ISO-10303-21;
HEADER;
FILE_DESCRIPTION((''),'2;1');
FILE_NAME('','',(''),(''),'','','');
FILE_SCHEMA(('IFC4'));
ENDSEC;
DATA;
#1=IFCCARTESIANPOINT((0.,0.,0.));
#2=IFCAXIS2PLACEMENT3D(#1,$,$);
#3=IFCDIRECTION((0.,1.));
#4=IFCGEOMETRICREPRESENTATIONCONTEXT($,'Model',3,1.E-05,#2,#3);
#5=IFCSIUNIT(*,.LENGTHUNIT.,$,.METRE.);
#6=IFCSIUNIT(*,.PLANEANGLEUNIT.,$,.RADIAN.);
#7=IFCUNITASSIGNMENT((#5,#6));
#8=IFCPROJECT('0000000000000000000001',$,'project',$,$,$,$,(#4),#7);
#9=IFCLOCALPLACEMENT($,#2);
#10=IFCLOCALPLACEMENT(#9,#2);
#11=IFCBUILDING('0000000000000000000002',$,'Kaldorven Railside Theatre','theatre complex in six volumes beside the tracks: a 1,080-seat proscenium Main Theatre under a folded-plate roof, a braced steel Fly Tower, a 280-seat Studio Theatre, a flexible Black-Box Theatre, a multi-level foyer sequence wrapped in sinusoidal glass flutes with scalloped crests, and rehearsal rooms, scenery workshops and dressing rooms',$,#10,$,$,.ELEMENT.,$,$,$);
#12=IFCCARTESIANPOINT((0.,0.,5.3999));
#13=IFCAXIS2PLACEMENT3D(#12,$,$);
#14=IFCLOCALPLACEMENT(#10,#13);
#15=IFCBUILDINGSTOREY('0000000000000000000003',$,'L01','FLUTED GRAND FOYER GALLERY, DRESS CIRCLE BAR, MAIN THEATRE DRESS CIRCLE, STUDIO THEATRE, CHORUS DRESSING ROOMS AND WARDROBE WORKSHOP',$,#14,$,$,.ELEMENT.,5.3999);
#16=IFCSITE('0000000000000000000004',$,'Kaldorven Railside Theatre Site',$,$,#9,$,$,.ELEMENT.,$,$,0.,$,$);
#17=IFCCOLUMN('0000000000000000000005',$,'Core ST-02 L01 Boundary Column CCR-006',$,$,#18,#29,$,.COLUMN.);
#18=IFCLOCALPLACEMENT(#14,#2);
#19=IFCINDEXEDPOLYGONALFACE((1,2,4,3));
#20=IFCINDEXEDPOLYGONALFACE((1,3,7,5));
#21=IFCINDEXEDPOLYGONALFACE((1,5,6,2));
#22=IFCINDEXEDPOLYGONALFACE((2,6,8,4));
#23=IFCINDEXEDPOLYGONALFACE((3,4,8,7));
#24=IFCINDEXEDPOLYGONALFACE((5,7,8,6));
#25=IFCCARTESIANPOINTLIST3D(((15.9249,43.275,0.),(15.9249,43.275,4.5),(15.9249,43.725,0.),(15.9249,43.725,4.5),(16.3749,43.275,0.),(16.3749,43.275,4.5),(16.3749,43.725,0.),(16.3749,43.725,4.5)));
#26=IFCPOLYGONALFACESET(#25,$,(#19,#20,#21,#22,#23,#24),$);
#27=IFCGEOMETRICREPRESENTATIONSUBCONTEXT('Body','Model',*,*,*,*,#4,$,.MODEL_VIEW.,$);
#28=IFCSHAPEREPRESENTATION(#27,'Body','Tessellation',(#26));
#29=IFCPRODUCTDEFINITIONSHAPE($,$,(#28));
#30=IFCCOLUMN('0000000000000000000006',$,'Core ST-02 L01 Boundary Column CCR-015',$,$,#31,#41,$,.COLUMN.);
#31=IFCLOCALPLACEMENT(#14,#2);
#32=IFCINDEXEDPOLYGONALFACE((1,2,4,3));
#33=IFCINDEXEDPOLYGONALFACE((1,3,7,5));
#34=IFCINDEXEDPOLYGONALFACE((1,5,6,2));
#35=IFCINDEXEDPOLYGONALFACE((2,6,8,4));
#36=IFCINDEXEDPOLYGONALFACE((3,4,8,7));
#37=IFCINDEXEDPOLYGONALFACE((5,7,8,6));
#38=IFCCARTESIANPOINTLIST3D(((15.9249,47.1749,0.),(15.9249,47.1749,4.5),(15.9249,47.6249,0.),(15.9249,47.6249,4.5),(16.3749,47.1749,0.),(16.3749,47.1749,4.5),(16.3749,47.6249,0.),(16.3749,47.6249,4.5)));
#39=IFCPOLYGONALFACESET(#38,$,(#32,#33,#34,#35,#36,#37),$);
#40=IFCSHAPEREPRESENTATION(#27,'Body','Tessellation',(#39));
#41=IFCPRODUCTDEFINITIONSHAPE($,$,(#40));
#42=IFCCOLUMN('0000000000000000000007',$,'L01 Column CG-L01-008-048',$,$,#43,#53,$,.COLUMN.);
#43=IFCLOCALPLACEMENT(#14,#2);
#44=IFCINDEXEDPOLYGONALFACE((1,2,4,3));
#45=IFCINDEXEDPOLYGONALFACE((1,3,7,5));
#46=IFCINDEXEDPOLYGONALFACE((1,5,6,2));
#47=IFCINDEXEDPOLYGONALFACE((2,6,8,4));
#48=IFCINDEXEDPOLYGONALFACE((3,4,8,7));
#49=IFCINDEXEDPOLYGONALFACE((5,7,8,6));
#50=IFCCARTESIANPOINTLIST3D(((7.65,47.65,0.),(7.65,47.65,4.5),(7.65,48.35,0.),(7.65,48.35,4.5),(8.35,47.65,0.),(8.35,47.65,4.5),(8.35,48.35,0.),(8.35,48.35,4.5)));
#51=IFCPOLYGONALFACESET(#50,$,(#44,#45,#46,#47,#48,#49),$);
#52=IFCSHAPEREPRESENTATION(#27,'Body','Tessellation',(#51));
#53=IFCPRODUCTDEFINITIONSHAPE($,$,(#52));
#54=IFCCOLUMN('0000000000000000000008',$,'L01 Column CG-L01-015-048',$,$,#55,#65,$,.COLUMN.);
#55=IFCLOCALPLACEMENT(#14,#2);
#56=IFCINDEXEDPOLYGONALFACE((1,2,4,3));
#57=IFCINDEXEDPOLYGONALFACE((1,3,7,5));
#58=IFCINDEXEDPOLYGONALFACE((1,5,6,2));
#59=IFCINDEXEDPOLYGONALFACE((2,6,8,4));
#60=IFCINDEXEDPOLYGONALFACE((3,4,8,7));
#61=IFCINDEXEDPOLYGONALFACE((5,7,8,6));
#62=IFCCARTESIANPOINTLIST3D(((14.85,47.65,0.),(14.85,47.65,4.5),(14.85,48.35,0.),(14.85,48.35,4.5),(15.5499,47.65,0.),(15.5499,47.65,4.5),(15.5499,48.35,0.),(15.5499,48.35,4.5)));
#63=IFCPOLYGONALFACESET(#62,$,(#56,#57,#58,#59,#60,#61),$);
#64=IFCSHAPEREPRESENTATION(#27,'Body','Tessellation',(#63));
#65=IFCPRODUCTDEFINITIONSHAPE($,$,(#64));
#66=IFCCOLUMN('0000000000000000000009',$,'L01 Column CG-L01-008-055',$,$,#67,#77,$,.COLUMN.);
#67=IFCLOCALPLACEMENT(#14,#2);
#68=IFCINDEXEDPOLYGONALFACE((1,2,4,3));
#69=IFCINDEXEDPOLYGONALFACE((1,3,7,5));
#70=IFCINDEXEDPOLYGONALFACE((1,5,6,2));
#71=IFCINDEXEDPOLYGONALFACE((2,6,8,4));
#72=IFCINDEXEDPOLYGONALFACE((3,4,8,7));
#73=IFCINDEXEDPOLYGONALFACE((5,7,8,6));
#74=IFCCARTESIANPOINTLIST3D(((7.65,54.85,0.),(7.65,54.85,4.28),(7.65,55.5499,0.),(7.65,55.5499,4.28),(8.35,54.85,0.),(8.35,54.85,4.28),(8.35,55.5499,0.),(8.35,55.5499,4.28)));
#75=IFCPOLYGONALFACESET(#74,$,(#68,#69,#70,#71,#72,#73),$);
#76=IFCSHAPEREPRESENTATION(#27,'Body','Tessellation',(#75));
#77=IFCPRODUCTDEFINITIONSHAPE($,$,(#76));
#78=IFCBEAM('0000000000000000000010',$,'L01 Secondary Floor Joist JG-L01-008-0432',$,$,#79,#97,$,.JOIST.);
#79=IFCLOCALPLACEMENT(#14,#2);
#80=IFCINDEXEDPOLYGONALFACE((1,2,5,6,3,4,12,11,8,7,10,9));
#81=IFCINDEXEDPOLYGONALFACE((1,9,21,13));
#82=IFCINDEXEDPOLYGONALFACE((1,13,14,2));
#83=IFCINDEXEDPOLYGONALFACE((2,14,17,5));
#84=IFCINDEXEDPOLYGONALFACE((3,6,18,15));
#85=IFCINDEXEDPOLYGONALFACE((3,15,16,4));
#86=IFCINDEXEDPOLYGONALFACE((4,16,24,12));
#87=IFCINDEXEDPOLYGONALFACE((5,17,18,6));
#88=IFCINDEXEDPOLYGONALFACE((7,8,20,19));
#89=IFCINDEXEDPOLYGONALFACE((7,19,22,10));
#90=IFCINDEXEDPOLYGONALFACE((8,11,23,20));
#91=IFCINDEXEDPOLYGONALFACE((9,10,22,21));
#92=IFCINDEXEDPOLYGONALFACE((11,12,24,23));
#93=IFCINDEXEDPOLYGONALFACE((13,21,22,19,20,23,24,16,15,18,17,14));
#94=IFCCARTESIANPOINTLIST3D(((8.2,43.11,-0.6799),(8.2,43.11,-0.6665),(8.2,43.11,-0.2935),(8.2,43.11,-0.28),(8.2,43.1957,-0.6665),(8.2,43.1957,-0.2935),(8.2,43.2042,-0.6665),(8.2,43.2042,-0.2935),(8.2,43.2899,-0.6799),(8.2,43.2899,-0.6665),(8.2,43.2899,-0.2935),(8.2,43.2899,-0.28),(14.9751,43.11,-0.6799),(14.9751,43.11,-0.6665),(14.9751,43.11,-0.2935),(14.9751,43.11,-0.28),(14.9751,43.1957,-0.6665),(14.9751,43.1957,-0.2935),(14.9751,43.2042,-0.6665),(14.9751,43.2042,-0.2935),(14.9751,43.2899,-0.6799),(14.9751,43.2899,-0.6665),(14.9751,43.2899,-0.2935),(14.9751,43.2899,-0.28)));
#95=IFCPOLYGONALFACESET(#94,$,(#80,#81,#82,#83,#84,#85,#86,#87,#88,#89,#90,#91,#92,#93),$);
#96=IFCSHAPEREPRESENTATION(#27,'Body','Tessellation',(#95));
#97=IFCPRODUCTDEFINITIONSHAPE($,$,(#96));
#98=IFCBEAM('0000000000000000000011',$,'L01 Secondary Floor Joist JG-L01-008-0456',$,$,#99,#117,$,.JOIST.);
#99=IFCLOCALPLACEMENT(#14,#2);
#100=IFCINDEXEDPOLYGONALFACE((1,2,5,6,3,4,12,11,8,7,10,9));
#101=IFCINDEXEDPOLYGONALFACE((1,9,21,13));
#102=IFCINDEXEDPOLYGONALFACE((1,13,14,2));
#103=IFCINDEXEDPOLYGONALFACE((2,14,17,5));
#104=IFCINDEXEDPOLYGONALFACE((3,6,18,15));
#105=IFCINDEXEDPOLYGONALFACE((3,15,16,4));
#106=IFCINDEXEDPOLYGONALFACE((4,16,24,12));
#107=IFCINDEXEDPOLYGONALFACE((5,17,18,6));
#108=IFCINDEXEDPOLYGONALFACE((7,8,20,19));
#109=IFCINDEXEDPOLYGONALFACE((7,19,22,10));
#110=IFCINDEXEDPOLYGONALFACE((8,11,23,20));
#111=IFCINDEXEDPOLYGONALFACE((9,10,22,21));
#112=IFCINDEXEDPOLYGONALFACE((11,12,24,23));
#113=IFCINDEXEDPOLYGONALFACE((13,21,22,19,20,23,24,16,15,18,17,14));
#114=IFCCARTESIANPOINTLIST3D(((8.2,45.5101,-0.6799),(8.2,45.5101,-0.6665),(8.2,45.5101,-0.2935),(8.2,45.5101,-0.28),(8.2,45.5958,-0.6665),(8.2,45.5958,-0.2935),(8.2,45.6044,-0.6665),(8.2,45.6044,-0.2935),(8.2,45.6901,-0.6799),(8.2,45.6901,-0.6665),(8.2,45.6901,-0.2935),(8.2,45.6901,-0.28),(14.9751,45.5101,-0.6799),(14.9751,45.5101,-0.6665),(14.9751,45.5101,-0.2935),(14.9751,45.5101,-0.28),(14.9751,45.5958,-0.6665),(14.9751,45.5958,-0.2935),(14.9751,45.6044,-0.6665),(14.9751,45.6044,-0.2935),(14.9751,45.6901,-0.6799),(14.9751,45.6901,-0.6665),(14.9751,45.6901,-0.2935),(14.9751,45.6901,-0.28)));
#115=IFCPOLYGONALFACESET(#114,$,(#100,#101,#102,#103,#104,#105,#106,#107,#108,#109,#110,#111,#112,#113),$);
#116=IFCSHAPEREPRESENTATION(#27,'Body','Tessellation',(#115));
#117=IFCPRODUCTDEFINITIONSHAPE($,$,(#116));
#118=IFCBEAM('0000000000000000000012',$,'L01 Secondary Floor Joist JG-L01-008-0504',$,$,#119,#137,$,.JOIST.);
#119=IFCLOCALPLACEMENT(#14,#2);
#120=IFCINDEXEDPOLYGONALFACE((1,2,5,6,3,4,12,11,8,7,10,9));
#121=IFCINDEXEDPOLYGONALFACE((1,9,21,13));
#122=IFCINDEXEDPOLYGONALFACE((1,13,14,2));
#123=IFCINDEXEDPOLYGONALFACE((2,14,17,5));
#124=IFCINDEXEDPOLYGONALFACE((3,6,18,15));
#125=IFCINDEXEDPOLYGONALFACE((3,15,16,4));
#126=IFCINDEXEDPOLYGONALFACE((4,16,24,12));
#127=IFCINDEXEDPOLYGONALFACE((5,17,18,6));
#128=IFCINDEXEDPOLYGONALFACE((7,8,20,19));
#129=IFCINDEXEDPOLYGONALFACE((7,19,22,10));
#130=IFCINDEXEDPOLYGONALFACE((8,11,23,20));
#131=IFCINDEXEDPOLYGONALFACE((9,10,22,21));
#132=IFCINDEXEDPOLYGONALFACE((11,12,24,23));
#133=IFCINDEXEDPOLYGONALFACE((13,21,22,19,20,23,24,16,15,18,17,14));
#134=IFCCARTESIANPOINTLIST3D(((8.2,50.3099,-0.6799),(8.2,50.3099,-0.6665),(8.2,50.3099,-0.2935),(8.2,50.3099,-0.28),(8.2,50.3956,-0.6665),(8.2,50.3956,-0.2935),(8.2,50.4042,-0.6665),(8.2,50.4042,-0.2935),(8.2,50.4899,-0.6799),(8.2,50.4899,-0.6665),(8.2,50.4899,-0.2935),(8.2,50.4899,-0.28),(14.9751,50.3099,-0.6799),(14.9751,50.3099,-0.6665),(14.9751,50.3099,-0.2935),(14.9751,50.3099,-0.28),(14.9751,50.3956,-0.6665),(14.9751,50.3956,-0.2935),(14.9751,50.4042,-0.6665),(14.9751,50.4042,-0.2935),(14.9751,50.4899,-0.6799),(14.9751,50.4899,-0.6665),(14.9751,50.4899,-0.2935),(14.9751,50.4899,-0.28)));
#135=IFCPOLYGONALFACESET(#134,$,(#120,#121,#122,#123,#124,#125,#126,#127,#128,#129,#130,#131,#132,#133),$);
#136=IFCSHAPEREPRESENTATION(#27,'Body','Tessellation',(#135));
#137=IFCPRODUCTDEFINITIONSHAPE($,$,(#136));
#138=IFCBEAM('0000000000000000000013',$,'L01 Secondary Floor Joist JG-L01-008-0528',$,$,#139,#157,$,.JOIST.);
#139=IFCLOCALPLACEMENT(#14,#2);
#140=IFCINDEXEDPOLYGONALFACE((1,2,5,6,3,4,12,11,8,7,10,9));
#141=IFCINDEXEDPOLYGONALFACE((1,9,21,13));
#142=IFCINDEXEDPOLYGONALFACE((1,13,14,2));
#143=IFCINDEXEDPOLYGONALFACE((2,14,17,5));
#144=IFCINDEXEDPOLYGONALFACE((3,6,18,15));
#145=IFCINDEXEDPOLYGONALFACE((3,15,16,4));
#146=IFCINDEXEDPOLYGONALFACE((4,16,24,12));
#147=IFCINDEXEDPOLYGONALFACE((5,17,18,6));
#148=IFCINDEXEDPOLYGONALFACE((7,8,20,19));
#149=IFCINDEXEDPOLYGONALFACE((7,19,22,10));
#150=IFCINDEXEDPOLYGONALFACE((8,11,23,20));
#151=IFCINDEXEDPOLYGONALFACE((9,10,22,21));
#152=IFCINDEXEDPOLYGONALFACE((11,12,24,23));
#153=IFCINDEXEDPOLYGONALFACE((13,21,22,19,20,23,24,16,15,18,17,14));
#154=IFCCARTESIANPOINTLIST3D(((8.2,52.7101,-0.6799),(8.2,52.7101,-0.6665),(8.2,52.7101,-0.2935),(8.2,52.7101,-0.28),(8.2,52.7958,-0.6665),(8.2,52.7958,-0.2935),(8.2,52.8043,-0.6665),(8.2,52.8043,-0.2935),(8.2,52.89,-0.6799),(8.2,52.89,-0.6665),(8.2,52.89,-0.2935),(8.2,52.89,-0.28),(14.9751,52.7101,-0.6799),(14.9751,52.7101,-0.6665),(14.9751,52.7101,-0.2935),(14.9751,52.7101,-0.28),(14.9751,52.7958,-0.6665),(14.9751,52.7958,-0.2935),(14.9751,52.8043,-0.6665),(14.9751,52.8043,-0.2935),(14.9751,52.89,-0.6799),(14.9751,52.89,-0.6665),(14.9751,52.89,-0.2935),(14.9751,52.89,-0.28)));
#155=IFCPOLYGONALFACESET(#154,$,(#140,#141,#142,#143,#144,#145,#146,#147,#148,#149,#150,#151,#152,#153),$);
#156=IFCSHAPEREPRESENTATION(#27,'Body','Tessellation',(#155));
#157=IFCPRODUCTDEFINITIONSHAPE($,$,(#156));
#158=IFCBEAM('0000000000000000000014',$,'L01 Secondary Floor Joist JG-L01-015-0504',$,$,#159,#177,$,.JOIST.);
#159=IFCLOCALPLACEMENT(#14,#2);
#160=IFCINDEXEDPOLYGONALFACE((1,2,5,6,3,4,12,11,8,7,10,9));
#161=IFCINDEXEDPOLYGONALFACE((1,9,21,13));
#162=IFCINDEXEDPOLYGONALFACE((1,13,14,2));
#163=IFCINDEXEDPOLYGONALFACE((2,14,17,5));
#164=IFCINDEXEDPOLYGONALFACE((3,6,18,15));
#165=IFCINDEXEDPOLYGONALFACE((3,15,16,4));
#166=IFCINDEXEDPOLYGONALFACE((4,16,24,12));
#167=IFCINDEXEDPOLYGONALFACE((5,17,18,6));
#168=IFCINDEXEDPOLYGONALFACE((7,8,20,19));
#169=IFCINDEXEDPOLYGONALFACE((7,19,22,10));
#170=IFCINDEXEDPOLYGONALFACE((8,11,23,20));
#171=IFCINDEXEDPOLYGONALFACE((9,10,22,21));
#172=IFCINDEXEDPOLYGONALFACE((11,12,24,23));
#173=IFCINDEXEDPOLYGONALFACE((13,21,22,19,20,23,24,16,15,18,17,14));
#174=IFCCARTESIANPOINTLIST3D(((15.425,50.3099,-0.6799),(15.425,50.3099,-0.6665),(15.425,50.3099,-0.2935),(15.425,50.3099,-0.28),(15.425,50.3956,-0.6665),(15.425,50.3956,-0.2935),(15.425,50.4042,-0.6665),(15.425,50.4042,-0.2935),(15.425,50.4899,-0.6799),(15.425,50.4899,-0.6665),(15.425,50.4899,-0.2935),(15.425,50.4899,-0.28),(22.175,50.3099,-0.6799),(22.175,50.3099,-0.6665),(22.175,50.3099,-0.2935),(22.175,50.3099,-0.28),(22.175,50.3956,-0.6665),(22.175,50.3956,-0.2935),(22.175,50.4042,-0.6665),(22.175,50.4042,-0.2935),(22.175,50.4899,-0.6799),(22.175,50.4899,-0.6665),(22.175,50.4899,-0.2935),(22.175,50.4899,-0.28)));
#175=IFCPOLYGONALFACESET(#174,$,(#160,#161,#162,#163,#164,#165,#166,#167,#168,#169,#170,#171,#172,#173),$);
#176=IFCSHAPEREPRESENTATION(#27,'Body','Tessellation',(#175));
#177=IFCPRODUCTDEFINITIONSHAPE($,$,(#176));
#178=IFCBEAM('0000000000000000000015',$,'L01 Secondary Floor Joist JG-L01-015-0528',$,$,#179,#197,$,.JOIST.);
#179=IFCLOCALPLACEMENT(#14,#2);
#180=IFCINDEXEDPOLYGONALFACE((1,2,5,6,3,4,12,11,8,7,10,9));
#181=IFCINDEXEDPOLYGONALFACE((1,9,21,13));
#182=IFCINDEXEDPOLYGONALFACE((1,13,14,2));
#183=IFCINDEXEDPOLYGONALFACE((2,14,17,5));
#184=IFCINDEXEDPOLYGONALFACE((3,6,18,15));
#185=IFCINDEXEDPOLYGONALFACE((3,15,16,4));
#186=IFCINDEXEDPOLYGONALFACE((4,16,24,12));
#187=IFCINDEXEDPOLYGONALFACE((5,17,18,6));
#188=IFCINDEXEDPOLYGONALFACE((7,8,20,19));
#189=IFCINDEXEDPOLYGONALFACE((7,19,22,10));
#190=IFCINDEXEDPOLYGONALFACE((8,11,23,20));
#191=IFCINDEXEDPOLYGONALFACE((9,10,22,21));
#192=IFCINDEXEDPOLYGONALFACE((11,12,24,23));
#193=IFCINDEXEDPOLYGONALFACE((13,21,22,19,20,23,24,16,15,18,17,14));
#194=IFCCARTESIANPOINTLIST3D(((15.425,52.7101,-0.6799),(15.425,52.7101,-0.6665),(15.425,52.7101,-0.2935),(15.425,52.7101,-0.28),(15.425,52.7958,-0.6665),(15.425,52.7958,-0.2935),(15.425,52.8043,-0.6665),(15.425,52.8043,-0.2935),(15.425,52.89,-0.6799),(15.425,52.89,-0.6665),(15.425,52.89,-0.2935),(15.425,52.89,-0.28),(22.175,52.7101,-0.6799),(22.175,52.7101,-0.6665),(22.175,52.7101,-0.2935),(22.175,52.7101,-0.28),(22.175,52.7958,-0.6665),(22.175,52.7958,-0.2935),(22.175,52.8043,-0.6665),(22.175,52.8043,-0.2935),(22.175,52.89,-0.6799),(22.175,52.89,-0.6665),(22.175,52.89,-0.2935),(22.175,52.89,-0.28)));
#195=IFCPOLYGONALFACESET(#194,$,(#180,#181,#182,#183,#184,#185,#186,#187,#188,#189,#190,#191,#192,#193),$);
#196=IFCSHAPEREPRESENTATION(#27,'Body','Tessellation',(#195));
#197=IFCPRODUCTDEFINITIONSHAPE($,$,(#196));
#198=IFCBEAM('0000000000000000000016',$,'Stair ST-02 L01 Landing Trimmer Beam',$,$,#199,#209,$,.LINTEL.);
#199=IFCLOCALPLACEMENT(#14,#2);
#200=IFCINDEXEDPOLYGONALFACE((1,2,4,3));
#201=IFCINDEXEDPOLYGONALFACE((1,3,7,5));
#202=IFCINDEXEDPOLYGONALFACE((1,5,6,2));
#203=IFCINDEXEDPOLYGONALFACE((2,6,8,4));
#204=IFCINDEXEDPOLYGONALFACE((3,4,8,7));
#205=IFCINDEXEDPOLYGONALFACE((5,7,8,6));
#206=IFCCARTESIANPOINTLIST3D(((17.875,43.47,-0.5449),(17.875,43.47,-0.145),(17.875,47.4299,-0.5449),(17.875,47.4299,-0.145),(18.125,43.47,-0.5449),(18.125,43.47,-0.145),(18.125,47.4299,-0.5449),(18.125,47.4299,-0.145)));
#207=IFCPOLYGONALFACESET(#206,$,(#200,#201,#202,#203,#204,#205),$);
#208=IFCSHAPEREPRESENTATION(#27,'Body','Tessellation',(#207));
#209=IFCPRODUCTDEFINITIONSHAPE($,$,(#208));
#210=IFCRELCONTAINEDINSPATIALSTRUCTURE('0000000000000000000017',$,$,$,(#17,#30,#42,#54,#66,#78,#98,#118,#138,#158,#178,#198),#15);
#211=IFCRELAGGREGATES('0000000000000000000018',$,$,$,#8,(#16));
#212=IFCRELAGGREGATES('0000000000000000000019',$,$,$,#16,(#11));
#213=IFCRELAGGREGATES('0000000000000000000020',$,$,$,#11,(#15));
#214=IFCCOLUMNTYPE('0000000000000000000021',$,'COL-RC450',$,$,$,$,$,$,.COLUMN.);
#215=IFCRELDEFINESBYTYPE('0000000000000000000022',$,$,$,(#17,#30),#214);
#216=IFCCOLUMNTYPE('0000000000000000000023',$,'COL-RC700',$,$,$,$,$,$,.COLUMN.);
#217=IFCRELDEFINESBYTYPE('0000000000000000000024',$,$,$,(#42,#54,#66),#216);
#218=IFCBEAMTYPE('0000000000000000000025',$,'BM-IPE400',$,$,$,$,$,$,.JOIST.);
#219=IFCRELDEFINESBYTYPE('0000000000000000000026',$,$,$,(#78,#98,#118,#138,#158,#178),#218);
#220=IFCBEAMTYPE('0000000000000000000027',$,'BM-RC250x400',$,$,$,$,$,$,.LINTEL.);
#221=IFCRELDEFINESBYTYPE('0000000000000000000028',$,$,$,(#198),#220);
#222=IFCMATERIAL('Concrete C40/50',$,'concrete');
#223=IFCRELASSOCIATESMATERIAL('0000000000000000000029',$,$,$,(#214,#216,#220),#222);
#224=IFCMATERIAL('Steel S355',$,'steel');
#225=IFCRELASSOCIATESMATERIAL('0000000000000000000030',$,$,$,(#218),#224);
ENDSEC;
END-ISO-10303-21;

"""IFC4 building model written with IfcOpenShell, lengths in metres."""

from ifc_helpers import new_model, si_unit, direction, frame, origin, origin_2d, place, context, subcontext, project, spatial, rectangle, i_section, extrude, material, material_profile, profile_set, type_object, element, save


model = new_model("IFC4")

# Units and contexts
model_context = context("Model", 3, precision=1e-05, world=origin(), true_north=direction((0.0, 1.0)))
body_context = subcontext(model_context, "Body", "Model", "MODEL_VIEW")
ifc_project = project(units=[si_unit("LENGTHUNIT", "METRE"), si_unit("PLANEANGLEUNIT", "RADIAN")], contexts=[model_context])

# Site, building, storey
site_placement = place(None, origin())
site = spatial("IfcSite", under=ifc_project, at=site_placement, Name="Kaldorven Railside Theatre Site", CompositionType="ELEMENT", RefElevation=0.0)
building_placement = place(site_placement, origin())
building = spatial("IfcBuilding", under=site, at=building_placement, Name="Kaldorven Railside Theatre", Description="theatre complex in six volumes beside the tracks: a 1,080-seat proscenium Main Theatre under a folded-plate roof, a braced steel Fly Tower, a 280-seat Studio Theatre, a flexible Black-Box Theatre, a multi-level foyer sequence wrapped in sinusoidal glass flutes with scalloped crests, and rehearsal rooms, scenery workshops and dressing rooms", CompositionType="ELEMENT")
storey_placement = place(building_placement, frame((0.0, 0.0, 5.3999)))
storey = spatial("IfcBuildingStorey", under=building, at=storey_placement, Name="L01", Description="FLUTED GRAND FOYER GALLERY, DRESS CIRCLE BAR, MAIN THEATRE DRESS CIRCLE, STUDIO THEATRE, CHORUS DRESSING ROOMS AND WARDROBE WORKSHOP", CompositionType="ELEMENT", Elevation=5.3999)

# Columns
ifc_material_1 = material(Name="Concrete C40/50", Category="concrete")
ifc_material_profile_1 = material_profile(ifc_material_1, rectangle(XDim=0.45, YDim=0.45, at=origin_2d()), Name="RC 450x450")
ifc_profile_set_1 = profile_set([ifc_material_profile_1], Name="Concrete C40/50")
column_type_1 = type_object("IfcColumnType", Name="COL-RC450", PredefinedType="COLUMN", material=ifc_profile_set_1)
for number, where, z_axis, x_axis, name in (
    (1, (16.1499, 43.5, 0.0), (0.0, 0.0, 1.0), (1.0, 0.0, 0.0), "Core ST-02 L01 Boundary Column CCR-006"),
    (2, (16.1499, 47.3999, 0.0), (0.0, 0.0, 1.0), (1.0, 0.0, 0.0), "Core ST-02 L01 Boundary Column CCR-015"),
):
    element("IfcColumn", number, at=place(storey_placement, frame(where, z_axis=z_axis, x_axis=x_axis)), inside=storey, type_object=column_type_1, Name=name, PredefinedType="COLUMN", context=body_context, shape_type="SweptSolid", body=[
        extrude(rectangle(XDim=0.45, YDim=0.45, at=origin_2d()), origin(), (0.0, 0.0, 1.0), 4.5),
    ])
ifc_material_profile_2 = material_profile(ifc_material_1, rectangle(XDim=0.7, YDim=0.7, at=origin_2d()), Name="RC 700x700")
ifc_profile_set_2 = profile_set([ifc_material_profile_2], Name="Concrete C40/50")
column_type_2 = type_object("IfcColumnType", Name="COL-RC700", PredefinedType="COLUMN", material=ifc_profile_set_2)
for number, where, z_axis, x_axis, name in (
    (3, (8.0, 48.0, 0.0), (0.0, 0.0, 1.0), (1.0, 0.0, 0.0), "L01 Column CG-L01-008-048"),
    (4, (15.2, 48.0, 0.0), (0.0, 0.0, 1.0), (0.0, 1.0, 0.0), "L01 Column CG-L01-015-048"),
):
    element("IfcColumn", number, at=place(storey_placement, frame(where, z_axis=z_axis, x_axis=x_axis)), inside=storey, type_object=column_type_2, Name=name, PredefinedType="COLUMN", context=body_context, shape_type="SweptSolid", body=[
        extrude(rectangle(XDim=0.7, YDim=0.7, at=origin_2d()), origin(), (0.0, 0.0, 1.0), 4.5),
    ])
column_placement = place(storey_placement, frame((8.0, 55.2, 0.0), z_axis=(0.0, 0.0, 1.0), x_axis=(0.0, 1.0, 0.0)))
element("IfcColumn", 5, at=column_placement, inside=storey, type_object=column_type_2, Name="L01 Column CG-L01-008-055", PredefinedType="COLUMN", context=body_context, shape_type="SweptSolid", body=[
    extrude(rectangle(XDim=0.7, YDim=0.7, at=origin_2d()), origin(), (0.0, 0.0, 1.0), 4.28),
])

# Beams
ifc_material_2 = material(Name="Steel S355", Category="steel")
ifc_material_profile_3 = material_profile(ifc_material_2, i_section(OverallWidth=0.1799, OverallDepth=0.3999, WebThickness=0.0085, FlangeThickness=0.0134, at=origin_2d()), Name="IPE 400")
ifc_profile_set_3 = profile_set([ifc_material_profile_3], Name="Steel S355")
beam_type_1 = type_object("IfcBeamType", Name="BM-IPE400", PredefinedType="JOIST", material=ifc_profile_set_3)
for number, where, z_axis, x_axis, name in (
    (6, (8.2, 43.2, -0.48), (1.0, 0.0, 0.0), (0.0, 1.0, 0.0), "L01 Secondary Floor Joist JG-L01-008-0432"),
    (7, (8.2, 45.6001, -0.48), (1.0, 0.0, 0.0), (0.0, 1.0, 0.0), "L01 Secondary Floor Joist JG-L01-008-0456"),
    (8, (8.2, 50.3999, -0.48), (1.0, 0.0, 0.0), (0.0, 1.0, 0.0), "L01 Secondary Floor Joist JG-L01-008-0504"),
    (9, (8.2, 52.8, -0.48), (1.0, 0.0, 0.0), (0.0, 1.0, 0.0), "L01 Secondary Floor Joist JG-L01-008-0528"),
):
    element("IfcBeam", number, at=place(storey_placement, frame(where, z_axis=z_axis, x_axis=x_axis)), inside=storey, type_object=beam_type_1, Name=name, PredefinedType="JOIST", context=body_context, shape_type="SweptSolid", body=[
        extrude(i_section(OverallWidth=0.1799, OverallDepth=0.3999, WebThickness=0.0085, FlangeThickness=0.0134, at=origin_2d()), origin(), (0.0, 0.0, 1.0), 6.7751),
    ])
for number, where, z_axis, x_axis, name in (
    (10, (15.425, 50.3999, -0.48), (1.0, 0.0, 0.0), (0.0, 1.0, 0.0), "L01 Secondary Floor Joist JG-L01-015-0504"),
    (11, (15.425, 52.8, -0.48), (1.0, 0.0, 0.0), (0.0, 1.0, 0.0), "L01 Secondary Floor Joist JG-L01-015-0528"),
):
    element("IfcBeam", number, at=place(storey_placement, frame(where, z_axis=z_axis, x_axis=x_axis)), inside=storey, type_object=beam_type_1, Name=name, PredefinedType="JOIST", context=body_context, shape_type="SweptSolid", body=[
        extrude(i_section(OverallWidth=0.1799, OverallDepth=0.3999, WebThickness=0.0085, FlangeThickness=0.0134, at=origin_2d()), origin(), (0.0, 0.0, 1.0), 6.75),
    ])
ifc_material_profile_4 = material_profile(ifc_material_1, rectangle(XDim=0.25, YDim=0.3999, at=origin_2d()), Name="RC 250x400")
ifc_profile_set_4 = profile_set([ifc_material_profile_4], Name="Concrete C40/50")
beam_type_2 = type_object("IfcBeamType", Name="BM-RC250x400", PredefinedType="LINTEL", material=ifc_profile_set_4)
beam_1_placement = place(storey_placement, frame((18.0, 43.47, -0.345), z_axis=(0.0, 1.0, 0.0), x_axis=(-1.0, 0.0, 0.0)))
element("IfcBeam", 12, at=beam_1_placement, inside=storey, type_object=beam_type_2, Name="Stair ST-02 L01 Landing Trimmer Beam", PredefinedType="LINTEL", context=body_context, shape_type="SweptSolid", body=[
    extrude(rectangle(XDim=0.25, YDim=0.3999, at=origin_2d()), origin(), (0.0, 0.0, 1.0), 3.96),
])

save(model, "model.ifc")
